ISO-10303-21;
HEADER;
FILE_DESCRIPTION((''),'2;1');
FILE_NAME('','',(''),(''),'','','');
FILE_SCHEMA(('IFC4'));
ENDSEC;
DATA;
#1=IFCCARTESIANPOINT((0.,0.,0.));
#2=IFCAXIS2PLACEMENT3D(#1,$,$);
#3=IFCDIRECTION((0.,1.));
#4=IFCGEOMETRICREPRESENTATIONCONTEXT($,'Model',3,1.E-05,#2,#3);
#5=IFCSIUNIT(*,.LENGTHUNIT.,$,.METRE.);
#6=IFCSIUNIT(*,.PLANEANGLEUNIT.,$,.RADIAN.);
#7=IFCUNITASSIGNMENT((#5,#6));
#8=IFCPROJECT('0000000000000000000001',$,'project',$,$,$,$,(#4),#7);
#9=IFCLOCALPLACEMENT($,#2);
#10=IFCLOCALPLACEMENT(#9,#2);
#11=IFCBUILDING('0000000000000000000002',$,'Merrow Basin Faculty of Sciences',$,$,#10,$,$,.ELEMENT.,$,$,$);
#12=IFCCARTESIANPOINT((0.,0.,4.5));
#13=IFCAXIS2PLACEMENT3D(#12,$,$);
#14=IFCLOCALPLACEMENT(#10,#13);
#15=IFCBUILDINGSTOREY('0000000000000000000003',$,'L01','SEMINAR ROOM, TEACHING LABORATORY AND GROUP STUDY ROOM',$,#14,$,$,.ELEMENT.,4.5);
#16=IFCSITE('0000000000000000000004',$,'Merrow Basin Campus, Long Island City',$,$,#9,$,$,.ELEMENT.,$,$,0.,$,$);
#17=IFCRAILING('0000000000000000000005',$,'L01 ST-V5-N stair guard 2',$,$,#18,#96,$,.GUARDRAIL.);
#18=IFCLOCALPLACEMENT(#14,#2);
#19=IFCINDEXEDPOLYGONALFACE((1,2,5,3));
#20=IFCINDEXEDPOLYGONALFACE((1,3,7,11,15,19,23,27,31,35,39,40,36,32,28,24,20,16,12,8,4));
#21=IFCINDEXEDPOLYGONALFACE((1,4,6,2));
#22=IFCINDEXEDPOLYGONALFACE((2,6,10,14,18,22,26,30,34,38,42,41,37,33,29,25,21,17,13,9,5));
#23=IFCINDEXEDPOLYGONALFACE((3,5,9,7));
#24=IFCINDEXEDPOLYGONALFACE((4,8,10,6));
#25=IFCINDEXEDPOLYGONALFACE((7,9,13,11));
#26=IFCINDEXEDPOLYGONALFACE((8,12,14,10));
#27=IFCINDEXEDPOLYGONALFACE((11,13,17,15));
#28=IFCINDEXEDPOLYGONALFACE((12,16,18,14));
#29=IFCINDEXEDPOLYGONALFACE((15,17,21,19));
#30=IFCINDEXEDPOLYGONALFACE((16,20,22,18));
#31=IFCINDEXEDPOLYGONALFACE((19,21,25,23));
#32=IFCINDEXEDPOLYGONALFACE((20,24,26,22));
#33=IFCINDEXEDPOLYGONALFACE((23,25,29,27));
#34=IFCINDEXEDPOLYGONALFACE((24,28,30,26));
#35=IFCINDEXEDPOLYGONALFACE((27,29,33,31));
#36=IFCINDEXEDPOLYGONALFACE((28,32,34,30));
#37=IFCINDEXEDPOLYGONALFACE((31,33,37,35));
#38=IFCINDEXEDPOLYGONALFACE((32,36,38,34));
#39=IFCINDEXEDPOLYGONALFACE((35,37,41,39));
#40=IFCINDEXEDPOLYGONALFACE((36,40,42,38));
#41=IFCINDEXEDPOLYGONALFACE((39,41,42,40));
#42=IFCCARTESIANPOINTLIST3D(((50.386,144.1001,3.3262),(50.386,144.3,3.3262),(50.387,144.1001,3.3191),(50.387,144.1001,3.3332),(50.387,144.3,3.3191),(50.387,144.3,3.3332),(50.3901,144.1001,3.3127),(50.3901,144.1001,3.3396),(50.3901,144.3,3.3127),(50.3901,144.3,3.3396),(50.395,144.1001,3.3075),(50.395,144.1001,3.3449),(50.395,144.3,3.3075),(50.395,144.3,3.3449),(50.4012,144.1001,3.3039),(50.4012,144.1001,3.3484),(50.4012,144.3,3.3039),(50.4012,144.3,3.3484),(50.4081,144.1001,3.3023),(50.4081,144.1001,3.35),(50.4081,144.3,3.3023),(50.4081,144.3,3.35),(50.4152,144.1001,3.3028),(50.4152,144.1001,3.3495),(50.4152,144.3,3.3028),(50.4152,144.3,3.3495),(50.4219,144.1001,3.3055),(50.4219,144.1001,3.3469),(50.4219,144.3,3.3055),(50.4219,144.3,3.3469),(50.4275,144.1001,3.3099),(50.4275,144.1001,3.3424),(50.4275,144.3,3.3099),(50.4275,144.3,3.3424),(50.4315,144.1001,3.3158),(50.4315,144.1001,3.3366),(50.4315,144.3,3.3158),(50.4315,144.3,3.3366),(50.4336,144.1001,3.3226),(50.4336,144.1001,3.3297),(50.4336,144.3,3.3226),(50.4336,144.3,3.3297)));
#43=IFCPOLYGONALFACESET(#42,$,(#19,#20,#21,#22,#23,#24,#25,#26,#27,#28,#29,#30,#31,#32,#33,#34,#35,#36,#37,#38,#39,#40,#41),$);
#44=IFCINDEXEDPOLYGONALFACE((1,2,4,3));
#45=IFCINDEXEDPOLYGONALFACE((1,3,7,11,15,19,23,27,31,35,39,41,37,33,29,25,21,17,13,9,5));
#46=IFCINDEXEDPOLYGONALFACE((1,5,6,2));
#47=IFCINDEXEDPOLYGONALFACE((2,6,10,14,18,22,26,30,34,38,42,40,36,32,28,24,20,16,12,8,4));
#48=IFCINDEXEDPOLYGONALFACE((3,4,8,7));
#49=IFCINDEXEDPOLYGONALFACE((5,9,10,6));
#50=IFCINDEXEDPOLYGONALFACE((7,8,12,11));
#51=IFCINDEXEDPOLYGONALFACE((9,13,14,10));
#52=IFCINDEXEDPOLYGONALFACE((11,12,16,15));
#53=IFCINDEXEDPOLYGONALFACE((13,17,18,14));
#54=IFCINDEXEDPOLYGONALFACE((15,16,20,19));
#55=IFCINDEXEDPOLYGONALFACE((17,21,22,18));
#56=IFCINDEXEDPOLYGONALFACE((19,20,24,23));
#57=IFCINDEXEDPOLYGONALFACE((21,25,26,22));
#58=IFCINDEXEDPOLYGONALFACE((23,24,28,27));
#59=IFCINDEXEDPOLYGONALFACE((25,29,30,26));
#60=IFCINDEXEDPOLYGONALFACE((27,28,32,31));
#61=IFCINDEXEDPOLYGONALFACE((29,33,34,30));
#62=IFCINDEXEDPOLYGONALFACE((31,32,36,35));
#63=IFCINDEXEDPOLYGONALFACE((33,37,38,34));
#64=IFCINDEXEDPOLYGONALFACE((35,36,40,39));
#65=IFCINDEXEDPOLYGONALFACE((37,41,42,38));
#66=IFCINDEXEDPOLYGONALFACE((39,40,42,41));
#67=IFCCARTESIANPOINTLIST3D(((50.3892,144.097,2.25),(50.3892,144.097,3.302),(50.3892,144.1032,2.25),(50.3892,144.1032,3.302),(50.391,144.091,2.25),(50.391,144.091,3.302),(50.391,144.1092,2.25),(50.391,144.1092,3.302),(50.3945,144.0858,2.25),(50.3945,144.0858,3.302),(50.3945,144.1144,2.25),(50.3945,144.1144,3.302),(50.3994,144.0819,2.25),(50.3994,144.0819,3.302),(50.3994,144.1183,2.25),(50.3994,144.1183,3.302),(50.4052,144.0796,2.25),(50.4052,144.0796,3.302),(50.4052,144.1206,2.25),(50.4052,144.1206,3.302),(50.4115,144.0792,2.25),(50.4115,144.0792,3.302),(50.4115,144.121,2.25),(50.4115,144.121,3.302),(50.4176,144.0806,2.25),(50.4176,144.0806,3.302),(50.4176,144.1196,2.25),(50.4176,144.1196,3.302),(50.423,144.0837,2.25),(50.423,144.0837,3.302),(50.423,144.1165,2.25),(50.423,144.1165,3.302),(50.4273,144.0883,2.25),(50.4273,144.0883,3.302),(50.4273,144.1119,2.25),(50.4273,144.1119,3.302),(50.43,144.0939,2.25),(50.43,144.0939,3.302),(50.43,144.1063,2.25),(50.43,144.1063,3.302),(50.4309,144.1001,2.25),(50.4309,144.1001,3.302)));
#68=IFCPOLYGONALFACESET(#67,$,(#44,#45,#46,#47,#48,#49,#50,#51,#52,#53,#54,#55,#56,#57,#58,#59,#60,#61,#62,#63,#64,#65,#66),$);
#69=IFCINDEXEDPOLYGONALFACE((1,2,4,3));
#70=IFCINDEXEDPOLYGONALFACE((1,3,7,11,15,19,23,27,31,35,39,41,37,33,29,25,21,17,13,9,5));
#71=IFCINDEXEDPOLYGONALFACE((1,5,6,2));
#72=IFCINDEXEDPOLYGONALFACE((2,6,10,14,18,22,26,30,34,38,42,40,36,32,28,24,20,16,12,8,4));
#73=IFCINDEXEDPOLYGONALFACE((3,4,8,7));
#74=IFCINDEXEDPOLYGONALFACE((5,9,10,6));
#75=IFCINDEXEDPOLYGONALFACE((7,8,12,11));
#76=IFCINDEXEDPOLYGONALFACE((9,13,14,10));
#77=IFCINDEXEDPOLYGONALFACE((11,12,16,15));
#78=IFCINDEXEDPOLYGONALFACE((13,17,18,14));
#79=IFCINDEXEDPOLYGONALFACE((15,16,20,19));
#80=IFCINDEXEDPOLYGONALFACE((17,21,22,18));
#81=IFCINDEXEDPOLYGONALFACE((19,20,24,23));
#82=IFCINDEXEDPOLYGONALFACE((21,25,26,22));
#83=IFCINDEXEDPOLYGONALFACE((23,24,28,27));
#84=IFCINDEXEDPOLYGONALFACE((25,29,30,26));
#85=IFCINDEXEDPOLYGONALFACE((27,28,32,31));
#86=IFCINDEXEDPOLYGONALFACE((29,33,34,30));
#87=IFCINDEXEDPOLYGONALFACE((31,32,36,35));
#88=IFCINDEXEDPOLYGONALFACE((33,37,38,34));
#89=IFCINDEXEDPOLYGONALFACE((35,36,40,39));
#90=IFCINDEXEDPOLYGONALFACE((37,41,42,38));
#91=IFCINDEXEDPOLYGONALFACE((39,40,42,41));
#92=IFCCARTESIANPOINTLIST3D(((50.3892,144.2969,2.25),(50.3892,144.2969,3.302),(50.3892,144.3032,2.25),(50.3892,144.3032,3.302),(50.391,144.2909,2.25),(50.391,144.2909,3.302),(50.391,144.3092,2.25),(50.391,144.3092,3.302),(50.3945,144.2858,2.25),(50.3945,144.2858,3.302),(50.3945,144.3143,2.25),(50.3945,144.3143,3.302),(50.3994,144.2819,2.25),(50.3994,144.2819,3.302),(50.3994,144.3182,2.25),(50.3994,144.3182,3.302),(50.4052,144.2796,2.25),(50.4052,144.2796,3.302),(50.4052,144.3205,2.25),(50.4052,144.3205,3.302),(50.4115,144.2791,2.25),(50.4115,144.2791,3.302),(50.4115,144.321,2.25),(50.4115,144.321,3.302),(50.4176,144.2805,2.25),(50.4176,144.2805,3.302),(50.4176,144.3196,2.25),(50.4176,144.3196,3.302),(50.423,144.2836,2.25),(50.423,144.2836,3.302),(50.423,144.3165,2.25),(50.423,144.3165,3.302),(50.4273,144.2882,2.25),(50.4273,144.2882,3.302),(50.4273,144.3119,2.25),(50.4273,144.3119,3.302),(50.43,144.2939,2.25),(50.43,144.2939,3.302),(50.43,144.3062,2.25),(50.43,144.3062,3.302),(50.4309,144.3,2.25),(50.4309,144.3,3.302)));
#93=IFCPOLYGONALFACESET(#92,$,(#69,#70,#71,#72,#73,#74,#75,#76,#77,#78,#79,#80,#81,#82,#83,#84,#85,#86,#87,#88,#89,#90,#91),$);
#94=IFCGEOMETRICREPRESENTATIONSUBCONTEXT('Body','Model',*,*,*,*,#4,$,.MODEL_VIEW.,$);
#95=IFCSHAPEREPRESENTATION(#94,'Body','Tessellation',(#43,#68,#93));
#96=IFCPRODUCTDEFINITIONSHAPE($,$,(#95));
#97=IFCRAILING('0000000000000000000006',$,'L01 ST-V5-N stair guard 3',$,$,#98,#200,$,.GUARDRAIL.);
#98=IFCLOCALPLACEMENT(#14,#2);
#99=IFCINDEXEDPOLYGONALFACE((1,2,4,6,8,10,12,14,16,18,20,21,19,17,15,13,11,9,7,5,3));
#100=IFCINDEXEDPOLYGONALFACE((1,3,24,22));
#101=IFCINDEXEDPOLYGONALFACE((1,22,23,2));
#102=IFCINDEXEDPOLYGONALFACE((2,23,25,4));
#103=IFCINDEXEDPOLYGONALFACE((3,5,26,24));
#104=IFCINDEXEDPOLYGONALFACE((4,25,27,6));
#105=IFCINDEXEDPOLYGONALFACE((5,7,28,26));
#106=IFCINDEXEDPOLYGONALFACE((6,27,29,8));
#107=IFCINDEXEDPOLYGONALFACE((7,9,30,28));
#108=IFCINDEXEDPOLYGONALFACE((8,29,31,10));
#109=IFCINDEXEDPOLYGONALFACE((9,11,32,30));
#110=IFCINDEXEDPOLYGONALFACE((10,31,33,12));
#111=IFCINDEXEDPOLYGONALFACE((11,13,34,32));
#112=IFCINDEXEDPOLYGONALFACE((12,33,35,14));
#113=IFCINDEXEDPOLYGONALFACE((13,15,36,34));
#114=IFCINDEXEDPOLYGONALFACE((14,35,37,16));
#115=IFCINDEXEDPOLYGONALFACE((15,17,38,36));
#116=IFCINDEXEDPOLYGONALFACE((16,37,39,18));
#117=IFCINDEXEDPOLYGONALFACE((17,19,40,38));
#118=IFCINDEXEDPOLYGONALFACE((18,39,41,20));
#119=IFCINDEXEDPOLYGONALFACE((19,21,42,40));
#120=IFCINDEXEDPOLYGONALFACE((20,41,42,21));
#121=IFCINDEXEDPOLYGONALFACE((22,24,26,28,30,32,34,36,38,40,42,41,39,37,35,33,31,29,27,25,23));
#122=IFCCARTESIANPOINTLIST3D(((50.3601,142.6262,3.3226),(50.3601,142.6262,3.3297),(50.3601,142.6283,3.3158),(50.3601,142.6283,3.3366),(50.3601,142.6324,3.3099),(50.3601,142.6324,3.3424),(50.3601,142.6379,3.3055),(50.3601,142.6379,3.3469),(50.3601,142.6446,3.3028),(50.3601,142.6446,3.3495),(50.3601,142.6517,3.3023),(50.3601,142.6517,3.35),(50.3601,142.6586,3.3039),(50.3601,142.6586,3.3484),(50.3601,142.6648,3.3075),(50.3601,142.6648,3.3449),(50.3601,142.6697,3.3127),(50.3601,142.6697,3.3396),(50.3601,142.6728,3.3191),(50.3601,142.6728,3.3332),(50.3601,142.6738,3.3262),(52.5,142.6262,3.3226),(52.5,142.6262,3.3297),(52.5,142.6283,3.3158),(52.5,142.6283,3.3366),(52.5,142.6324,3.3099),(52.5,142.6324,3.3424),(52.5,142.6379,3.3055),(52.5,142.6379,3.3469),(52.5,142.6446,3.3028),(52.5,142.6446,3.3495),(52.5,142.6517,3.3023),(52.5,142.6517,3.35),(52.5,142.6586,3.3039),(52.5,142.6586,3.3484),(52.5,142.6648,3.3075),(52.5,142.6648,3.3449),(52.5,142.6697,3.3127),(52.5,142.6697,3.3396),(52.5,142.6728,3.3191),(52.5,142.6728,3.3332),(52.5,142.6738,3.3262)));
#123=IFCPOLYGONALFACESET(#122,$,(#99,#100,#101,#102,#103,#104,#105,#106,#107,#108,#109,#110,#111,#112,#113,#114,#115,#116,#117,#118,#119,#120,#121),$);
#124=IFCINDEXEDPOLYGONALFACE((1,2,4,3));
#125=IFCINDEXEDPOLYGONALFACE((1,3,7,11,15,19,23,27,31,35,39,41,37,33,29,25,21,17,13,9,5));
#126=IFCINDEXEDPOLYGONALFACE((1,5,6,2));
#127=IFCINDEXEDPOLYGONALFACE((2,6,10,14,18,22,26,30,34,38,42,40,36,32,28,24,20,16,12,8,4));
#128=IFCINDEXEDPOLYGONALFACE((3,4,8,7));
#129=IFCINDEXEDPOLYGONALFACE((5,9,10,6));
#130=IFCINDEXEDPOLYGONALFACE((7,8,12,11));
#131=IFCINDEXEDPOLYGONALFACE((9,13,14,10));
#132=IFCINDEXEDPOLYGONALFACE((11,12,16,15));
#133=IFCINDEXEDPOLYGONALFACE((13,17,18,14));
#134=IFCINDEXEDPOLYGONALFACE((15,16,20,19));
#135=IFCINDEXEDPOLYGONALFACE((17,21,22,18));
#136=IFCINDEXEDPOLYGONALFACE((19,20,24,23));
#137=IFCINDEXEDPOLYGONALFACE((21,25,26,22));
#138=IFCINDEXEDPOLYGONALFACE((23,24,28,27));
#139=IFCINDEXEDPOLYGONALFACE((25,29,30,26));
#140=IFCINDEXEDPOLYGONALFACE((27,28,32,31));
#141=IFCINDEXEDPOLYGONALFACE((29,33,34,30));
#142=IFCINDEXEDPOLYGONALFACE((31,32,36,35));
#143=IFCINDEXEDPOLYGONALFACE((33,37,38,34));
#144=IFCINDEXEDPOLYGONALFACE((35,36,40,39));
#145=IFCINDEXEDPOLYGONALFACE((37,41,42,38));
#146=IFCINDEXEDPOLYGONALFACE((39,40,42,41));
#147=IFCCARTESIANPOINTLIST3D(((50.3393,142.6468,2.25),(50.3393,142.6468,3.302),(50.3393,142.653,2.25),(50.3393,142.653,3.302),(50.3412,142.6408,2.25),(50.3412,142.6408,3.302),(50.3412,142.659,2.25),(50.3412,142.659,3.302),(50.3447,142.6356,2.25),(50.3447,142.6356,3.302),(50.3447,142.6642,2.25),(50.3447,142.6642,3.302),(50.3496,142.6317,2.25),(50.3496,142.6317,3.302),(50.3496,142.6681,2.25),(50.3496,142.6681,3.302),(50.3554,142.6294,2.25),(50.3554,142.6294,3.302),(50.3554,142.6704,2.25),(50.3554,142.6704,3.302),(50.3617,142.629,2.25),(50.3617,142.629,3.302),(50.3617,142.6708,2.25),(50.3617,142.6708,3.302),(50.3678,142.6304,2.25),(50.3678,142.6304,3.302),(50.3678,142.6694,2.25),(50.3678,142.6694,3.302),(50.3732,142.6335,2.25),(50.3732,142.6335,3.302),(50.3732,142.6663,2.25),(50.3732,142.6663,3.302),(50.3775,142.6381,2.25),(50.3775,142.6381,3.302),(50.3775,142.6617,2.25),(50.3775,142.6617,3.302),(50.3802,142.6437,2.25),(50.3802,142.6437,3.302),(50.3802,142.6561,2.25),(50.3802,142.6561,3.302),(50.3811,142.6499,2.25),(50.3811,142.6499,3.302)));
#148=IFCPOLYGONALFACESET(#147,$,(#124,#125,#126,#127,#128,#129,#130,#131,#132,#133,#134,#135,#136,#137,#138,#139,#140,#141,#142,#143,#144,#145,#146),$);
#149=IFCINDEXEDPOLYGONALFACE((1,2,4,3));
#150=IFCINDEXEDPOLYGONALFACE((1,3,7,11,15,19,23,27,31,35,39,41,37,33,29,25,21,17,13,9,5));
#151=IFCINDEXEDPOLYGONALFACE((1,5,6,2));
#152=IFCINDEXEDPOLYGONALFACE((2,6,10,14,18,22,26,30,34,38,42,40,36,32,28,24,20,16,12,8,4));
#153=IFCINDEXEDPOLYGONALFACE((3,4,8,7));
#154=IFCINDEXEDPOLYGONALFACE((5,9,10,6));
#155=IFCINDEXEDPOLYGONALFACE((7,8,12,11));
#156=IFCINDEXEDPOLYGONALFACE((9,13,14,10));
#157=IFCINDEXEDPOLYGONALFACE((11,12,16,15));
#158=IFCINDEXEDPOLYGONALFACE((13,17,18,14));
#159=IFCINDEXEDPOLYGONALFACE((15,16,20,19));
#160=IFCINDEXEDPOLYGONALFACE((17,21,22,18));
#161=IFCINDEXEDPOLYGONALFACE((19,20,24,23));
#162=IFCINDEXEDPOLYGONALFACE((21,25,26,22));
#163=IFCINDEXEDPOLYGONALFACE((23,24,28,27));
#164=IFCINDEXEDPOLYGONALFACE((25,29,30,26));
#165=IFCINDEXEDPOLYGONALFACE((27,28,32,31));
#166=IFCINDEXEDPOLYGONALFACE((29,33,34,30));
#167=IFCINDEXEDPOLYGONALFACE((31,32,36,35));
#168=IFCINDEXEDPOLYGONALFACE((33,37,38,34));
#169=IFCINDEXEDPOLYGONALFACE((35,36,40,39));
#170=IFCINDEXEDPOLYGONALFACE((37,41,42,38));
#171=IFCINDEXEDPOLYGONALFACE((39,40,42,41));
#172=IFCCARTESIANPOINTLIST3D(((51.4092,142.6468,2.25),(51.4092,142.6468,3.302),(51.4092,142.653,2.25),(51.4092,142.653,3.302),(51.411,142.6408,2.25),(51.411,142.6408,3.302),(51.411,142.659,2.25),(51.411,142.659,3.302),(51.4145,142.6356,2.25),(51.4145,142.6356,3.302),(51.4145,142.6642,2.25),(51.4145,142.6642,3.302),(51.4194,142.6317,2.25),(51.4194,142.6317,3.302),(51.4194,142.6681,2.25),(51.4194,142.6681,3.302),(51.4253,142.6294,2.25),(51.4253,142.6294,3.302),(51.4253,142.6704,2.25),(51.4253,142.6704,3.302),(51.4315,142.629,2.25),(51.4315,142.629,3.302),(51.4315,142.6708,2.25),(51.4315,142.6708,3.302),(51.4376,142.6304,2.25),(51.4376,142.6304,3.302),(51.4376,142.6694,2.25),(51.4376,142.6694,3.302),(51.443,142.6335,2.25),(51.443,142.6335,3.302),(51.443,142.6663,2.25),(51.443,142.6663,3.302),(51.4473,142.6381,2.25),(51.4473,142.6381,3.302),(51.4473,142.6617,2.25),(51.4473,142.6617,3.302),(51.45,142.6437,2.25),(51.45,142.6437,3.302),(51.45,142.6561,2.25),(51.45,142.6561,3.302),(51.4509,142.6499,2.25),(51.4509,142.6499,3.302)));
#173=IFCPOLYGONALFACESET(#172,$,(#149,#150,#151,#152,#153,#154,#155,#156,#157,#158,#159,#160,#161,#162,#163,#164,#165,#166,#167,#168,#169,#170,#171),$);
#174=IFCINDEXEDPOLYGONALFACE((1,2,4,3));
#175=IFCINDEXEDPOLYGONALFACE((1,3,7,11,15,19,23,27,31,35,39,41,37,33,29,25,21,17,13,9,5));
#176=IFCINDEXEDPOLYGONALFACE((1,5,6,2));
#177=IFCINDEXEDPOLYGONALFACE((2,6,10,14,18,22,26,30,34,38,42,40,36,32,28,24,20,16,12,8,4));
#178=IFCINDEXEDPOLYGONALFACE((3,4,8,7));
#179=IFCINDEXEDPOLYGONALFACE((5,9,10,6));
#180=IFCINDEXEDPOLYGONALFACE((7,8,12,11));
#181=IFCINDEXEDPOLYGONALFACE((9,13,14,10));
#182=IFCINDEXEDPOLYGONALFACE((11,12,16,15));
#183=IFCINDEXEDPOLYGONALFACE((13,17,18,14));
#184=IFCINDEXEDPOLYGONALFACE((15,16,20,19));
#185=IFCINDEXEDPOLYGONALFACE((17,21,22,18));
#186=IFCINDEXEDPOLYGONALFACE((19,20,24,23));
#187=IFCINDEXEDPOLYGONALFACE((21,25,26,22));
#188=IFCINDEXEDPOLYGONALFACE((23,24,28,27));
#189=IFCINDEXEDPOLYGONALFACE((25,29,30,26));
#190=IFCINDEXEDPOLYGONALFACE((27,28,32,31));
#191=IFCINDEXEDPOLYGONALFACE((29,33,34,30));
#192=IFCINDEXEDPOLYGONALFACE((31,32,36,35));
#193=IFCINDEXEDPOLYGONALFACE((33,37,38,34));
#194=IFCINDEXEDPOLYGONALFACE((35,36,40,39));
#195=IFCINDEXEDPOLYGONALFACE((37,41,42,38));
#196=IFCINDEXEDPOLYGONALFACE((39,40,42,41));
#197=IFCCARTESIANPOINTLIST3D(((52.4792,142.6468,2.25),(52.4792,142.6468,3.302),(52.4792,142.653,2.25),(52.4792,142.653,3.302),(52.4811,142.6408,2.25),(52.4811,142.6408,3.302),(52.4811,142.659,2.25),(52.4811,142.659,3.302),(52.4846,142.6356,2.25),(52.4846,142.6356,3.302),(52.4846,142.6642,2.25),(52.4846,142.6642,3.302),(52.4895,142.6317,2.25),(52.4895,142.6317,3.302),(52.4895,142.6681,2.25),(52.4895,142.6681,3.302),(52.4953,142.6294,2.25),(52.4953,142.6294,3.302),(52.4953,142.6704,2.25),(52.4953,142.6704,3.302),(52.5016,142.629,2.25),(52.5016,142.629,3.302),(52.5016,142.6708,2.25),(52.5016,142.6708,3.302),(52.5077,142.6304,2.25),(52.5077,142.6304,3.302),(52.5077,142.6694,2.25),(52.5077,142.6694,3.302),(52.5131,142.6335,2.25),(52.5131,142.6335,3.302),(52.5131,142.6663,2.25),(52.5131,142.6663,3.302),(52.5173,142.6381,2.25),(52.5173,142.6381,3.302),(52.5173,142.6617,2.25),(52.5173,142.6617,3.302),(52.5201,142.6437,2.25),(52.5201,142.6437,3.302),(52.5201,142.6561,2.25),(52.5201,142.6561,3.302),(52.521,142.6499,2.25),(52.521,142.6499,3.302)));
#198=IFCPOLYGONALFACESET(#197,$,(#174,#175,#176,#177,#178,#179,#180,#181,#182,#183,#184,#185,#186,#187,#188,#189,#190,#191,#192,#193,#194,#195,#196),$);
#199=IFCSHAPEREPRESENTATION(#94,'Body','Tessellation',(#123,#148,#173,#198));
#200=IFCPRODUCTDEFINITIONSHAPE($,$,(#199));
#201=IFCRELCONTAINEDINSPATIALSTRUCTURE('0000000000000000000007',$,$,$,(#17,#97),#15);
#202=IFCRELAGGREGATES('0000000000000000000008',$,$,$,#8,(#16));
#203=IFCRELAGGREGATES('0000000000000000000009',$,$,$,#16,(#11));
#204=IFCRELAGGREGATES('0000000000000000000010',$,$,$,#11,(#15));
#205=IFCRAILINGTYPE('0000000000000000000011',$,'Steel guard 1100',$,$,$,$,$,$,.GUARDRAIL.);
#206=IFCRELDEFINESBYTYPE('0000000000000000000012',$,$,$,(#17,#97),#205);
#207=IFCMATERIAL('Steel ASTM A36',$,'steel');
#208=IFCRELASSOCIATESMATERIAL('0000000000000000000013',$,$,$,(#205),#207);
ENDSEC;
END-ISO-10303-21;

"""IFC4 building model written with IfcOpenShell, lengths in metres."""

from ifc_helpers import new_model, si_unit, direction, frame, origin, origin_2d, place, context, subcontext, project, spatial, circle, extrude, material, type_object, element, save


model = new_model("IFC4")

# Units and contexts
model_context = context("Model", 3, precision=1e-05, world=origin(), true_north=direction((0.0, 1.0)))
body_context = subcontext(model_context, "Body", "Model", "MODEL_VIEW")
ifc_project = project(units=[si_unit("LENGTHUNIT", "METRE"), si_unit("PLANEANGLEUNIT", "RADIAN")], contexts=[model_context])

# Site, building, storey
site_placement = place(None, origin())
site = spatial("IfcSite", under=ifc_project, at=site_placement, Name="Merrow Basin Campus, Long Island City", CompositionType="ELEMENT", RefElevation=0.0)
building_placement = place(site_placement, origin())
building = spatial("IfcBuilding", under=site, at=building_placement, Name="Merrow Basin Faculty of Sciences", CompositionType="ELEMENT")
storey_placement = place(building_placement, frame((0.0, 0.0, 4.5)))
storey = spatial("IfcBuildingStorey", under=building, at=storey_placement, Name="L01", Description="SEMINAR ROOM, TEACHING LABORATORY AND GROUP STUDY ROOM", CompositionType="ELEMENT", Elevation=4.5)

# Railings
ifc_material_1 = material(Name="Steel ASTM A36", Category="steel")
railing_type_1 = type_object("IfcRailingType", Name="Steel guard 1100", PredefinedType="GUARDRAIL", material=ifc_material_1)
railing_1_placement = place(storey_placement, frame((50.4099, 144.1001, 2.25)))
element("IfcRailing", 1, at=railing_1_placement, inside=storey, type_object=railing_type_1, Name="L01 ST-V5-N stair guard 2", PredefinedType="GUARDRAIL", context=body_context, shape_type="SweptSolid", body=[
    extrude(circle(Radius=0.0239, at=origin_2d()), frame((0.0, 0.0, 1.0762), z_axis=(0.0, 1.0, 0.0), x_axis=(-1.0, 0.0, 0.0)), (0.0, 0.0, 1.0), 0.2),
    extrude(circle(Radius=0.021, at=origin_2d()), origin(), (0.0, 0.0, 1.0), 1.052),
    extrude(circle(Radius=0.021, at=origin_2d()), frame((0.0, 0.2, 0.0)), (0.0, 0.0, 1.0), 1.052),
])
railing_2_placement = place(storey_placement, frame((50.3601, 142.6499, 2.25)))
element("IfcRailing", 2, at=railing_2_placement, inside=storey, type_object=railing_type_1, Name="L01 ST-V5-N stair guard 3", PredefinedType="GUARDRAIL", context=body_context, shape_type="SweptSolid", body=[
    extrude(circle(Radius=0.0239, at=origin_2d()), frame((0.0, 0.0, 1.0762), z_axis=(1.0, 0.0, 0.0), x_axis=(0.0, 1.0, 0.0)), (0.0, 0.0, 1.0), 2.1399),
    extrude(circle(Radius=0.021, at=origin_2d()), origin(), (0.0, 0.0, 1.0), 1.052),
    extrude(circle(Radius=0.021, at=origin_2d()), frame((1.0698, 0.0, 0.0)), (0.0, 0.0, 1.0), 1.052),
    extrude(circle(Radius=0.021, at=origin_2d()), frame((2.1399, 0.0, 0.0)), (0.0, 0.0, 1.0), 1.052),
])

save(model, "model.ifc")
